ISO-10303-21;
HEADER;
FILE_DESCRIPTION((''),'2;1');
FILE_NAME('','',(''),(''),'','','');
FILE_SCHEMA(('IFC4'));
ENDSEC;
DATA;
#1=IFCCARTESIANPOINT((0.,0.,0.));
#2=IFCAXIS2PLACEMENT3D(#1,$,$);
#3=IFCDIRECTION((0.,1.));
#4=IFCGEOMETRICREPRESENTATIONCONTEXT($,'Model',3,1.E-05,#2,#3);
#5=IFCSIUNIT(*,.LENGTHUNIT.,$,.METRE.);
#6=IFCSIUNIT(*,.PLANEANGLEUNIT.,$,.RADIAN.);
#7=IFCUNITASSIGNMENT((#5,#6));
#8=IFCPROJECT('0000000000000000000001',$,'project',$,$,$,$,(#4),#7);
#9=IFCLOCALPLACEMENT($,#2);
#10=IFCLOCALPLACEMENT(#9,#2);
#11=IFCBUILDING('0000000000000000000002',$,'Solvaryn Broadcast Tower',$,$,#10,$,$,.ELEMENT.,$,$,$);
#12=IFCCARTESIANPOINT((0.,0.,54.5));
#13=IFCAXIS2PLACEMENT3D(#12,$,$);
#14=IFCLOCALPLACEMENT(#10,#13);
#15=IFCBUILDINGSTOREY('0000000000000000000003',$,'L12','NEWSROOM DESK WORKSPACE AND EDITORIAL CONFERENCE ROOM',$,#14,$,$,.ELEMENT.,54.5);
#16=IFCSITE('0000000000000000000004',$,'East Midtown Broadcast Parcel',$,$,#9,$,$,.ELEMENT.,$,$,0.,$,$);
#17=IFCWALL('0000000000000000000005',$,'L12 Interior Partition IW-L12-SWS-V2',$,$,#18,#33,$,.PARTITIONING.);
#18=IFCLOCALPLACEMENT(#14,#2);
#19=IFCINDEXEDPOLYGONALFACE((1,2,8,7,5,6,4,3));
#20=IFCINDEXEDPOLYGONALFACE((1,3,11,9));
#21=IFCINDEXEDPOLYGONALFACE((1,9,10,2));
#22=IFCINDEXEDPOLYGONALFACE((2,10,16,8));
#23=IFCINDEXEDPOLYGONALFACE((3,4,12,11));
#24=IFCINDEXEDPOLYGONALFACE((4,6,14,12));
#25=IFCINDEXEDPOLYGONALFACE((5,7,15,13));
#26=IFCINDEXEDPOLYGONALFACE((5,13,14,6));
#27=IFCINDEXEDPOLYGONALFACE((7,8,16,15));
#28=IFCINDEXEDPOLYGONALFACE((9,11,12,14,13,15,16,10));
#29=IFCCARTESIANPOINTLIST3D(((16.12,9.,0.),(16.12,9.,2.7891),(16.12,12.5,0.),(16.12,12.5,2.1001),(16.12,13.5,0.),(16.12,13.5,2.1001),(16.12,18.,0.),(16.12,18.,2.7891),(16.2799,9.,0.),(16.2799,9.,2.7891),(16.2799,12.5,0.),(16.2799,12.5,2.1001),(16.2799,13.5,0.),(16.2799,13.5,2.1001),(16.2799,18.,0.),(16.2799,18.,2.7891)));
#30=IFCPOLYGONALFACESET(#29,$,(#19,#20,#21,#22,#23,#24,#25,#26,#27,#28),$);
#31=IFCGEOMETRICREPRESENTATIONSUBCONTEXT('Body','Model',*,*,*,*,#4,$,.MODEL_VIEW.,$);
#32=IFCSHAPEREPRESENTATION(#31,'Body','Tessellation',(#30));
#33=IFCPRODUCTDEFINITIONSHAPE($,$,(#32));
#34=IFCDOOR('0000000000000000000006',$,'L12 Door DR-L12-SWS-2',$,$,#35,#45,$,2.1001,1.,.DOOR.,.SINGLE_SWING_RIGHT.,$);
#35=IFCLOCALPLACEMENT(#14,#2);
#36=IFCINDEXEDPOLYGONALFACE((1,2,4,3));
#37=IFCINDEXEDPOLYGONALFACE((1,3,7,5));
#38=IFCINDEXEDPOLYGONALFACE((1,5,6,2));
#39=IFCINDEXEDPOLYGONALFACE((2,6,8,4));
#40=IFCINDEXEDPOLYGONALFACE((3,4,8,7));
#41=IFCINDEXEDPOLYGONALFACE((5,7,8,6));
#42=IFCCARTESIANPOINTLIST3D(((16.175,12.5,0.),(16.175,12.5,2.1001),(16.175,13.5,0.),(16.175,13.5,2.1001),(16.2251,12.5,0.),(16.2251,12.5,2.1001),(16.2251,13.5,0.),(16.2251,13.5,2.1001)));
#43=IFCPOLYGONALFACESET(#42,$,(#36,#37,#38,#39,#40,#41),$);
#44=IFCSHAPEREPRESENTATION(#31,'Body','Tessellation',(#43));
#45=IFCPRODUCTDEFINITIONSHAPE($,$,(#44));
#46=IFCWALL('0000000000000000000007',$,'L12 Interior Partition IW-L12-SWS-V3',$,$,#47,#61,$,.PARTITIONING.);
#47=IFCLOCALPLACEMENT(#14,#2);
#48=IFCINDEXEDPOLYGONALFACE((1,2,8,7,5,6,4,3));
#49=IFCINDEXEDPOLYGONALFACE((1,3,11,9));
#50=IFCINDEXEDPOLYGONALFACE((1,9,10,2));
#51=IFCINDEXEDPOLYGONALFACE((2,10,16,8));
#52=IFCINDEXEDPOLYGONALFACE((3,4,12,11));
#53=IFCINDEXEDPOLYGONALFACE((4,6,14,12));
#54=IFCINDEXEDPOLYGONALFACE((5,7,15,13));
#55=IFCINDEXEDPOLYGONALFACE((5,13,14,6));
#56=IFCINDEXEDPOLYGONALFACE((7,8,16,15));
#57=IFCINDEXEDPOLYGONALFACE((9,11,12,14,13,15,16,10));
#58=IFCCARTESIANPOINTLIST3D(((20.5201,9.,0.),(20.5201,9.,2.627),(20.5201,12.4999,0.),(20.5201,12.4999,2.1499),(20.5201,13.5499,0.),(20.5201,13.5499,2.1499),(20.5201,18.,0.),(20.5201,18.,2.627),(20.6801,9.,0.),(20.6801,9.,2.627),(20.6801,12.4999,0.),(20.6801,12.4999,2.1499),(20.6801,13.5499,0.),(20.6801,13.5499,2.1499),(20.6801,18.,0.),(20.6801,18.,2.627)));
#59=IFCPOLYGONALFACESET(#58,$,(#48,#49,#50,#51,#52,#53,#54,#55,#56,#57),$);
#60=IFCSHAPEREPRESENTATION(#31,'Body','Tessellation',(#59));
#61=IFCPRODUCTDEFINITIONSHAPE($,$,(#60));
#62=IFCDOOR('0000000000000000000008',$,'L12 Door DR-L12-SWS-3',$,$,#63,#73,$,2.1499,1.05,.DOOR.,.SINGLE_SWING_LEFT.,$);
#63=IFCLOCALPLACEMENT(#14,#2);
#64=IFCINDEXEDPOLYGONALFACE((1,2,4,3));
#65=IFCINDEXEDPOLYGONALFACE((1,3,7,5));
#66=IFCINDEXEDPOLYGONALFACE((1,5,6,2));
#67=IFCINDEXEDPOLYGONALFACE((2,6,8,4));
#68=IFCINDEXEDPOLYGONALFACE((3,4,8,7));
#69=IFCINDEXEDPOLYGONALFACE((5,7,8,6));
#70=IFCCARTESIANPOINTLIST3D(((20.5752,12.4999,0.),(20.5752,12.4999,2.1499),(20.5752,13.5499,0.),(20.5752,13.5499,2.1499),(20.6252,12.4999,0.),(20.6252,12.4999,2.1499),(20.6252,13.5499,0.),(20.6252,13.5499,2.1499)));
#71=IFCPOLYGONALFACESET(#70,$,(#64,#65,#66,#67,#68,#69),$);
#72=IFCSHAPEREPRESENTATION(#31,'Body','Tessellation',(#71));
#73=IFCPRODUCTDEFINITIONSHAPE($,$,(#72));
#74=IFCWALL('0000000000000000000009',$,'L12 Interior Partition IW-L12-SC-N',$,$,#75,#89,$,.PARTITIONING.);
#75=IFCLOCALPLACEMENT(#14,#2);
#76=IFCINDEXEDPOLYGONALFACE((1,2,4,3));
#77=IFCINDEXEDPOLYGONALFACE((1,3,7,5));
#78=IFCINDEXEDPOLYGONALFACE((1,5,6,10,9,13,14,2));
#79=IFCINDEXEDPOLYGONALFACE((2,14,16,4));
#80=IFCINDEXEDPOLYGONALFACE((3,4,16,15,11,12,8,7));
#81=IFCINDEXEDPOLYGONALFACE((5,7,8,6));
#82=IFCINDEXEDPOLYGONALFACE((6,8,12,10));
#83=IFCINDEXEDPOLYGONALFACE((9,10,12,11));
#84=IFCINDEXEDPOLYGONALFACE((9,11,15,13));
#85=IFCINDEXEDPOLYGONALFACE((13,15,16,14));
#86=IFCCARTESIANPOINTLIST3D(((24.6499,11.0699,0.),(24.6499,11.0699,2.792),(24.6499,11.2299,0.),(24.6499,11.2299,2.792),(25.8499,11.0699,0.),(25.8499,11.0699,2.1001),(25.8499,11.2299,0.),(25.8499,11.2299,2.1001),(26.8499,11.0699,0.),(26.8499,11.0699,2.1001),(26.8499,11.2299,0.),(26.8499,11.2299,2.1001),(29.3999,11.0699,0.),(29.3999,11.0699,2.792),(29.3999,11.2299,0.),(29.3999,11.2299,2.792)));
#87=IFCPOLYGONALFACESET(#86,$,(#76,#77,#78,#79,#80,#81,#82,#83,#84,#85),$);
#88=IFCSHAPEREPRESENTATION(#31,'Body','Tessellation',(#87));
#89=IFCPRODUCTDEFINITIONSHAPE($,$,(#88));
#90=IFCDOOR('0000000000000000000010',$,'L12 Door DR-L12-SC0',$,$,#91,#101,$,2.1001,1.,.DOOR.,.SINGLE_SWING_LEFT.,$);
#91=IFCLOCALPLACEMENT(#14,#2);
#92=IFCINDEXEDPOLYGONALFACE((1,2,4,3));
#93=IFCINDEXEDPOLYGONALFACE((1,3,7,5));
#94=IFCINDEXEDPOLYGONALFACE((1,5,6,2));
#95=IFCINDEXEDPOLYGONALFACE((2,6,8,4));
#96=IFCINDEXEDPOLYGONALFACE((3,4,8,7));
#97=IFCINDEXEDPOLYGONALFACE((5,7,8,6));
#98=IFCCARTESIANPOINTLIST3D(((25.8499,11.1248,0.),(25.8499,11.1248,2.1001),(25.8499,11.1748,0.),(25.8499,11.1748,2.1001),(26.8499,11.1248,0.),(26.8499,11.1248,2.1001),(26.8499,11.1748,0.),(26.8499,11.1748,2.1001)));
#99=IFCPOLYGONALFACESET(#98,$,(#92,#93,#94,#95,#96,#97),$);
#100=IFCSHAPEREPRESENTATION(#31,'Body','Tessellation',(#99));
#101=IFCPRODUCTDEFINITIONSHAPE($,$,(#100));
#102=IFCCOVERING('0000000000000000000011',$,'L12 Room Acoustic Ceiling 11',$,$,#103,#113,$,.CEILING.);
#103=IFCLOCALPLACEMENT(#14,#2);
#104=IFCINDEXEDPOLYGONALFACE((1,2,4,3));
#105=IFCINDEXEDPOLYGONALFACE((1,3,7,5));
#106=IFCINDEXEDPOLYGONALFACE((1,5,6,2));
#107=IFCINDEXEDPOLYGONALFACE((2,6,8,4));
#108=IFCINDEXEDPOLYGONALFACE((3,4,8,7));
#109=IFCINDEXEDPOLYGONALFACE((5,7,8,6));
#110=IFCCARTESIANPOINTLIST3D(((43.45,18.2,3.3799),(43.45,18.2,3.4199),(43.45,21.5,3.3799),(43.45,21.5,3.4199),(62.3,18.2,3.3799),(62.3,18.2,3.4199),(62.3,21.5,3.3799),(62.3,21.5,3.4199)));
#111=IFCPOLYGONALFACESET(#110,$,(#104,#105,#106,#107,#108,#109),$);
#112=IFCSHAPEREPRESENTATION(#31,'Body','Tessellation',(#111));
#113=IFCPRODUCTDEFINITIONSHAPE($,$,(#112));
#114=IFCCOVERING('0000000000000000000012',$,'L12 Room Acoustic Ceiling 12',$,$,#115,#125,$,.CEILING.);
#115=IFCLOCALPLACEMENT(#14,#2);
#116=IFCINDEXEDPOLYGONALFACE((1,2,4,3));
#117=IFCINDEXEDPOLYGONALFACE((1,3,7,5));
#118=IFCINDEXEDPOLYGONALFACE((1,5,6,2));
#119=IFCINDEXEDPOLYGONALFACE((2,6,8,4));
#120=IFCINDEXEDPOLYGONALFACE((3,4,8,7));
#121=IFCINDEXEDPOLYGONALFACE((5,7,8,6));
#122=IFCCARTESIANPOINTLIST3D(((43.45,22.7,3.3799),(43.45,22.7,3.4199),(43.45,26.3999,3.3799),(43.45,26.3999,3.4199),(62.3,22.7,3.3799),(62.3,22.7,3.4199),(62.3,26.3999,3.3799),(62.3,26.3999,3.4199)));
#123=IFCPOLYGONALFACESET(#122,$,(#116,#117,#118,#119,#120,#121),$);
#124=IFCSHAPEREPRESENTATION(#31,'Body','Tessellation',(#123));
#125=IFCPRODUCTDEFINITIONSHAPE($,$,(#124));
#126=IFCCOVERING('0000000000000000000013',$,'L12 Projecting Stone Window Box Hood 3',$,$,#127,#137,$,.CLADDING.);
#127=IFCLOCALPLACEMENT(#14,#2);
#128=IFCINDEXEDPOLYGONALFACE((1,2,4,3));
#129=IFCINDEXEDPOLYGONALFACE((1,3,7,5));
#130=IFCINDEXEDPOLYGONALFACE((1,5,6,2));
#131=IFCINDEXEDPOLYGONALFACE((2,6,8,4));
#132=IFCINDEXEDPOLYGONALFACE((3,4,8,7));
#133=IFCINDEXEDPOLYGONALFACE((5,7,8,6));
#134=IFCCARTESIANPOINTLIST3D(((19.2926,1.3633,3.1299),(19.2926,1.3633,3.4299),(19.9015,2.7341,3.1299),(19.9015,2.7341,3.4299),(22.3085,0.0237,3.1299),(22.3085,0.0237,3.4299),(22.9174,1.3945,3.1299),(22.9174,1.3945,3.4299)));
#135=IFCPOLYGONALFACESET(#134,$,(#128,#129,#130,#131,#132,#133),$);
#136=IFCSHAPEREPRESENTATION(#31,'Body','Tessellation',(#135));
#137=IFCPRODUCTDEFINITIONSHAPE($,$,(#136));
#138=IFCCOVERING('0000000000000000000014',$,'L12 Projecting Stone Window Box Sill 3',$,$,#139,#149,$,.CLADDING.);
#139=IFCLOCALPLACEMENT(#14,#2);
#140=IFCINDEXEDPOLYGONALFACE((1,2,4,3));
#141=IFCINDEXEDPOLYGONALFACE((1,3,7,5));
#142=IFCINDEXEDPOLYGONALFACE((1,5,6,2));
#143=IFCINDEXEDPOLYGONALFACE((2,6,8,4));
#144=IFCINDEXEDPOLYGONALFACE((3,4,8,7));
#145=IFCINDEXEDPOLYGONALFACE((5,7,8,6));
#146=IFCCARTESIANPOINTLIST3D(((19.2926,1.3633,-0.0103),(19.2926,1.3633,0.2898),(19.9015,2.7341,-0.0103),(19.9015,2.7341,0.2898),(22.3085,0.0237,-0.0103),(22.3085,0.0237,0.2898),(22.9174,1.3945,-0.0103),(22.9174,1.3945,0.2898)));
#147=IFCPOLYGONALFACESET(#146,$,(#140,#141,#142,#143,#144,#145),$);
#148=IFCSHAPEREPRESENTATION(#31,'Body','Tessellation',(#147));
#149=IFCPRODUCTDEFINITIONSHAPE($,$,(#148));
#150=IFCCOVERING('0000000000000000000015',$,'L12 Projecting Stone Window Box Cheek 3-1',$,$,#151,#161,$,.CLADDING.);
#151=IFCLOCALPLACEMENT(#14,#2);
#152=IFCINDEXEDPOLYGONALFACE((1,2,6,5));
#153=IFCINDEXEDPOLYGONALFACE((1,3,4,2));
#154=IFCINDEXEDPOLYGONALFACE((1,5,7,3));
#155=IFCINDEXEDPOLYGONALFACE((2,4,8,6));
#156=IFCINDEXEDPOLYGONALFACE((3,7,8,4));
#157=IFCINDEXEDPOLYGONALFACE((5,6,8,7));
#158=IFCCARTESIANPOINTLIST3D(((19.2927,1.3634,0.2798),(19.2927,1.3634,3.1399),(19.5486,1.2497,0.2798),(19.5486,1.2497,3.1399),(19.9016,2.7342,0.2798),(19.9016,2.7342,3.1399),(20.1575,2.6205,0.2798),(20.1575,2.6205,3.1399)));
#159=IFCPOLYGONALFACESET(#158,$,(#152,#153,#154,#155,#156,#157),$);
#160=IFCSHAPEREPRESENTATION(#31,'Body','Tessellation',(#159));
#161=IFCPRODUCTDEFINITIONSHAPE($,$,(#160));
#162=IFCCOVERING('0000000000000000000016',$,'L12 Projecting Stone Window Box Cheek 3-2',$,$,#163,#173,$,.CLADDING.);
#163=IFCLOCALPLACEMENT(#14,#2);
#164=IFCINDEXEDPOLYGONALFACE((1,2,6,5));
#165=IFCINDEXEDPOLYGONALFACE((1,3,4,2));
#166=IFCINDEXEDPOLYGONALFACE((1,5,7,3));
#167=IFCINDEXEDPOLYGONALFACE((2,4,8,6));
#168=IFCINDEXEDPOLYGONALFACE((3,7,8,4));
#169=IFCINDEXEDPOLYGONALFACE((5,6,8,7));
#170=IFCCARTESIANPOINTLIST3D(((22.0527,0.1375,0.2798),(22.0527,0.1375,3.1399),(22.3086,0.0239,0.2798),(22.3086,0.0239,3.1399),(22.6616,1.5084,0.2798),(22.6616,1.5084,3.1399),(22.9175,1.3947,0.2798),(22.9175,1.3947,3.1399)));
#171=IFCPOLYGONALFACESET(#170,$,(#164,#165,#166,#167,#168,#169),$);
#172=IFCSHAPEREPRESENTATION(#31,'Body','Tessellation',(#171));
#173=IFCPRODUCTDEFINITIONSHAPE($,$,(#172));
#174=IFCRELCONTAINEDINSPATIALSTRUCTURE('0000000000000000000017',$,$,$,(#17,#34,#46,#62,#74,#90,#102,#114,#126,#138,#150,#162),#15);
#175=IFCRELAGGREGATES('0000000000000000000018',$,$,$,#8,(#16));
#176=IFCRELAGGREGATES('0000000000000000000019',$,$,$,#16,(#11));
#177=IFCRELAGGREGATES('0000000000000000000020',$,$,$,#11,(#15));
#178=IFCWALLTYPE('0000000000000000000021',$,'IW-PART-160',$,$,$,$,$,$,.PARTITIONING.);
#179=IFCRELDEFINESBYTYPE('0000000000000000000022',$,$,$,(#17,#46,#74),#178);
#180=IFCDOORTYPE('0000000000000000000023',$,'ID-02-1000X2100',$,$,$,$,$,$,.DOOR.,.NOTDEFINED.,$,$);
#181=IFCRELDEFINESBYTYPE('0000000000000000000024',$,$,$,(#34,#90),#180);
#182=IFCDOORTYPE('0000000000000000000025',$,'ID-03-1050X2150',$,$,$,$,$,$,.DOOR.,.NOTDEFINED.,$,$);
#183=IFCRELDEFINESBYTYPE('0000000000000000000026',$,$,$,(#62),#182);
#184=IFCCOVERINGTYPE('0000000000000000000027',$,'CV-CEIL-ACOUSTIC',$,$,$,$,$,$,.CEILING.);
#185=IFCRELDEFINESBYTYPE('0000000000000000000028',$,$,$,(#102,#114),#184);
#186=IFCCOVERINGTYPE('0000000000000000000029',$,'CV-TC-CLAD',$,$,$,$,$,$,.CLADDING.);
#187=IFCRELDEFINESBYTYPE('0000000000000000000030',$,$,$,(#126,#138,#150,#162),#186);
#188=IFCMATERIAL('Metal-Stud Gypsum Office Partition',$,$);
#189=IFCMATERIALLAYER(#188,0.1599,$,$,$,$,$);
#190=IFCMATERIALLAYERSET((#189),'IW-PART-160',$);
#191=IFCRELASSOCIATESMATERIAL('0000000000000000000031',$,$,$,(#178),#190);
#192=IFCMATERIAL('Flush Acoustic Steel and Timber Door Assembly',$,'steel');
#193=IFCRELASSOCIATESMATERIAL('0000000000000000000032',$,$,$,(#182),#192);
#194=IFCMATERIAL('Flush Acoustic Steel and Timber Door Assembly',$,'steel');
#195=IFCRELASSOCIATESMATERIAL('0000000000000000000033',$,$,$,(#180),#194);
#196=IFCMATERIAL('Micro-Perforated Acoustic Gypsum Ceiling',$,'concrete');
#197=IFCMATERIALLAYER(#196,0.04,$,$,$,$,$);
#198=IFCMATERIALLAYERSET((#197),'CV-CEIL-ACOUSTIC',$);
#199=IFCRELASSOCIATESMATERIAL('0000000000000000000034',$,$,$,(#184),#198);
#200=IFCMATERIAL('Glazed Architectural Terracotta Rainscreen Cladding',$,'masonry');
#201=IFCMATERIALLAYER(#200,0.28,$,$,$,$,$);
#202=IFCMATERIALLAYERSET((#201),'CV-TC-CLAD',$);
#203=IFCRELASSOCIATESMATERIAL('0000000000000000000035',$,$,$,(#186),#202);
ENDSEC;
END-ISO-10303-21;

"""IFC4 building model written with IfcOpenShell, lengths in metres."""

from ifc_helpers import new_model, si_unit, direction, frame, frame_2d, origin, origin_2d, place, context, subcontext, project, spatial, polyline, rectangle, outline, extrude, material, layer, layer_set, type_object, element, fill, save


model = new_model("IFC4")

# Units and contexts
model_context = context("Model", 3, precision=1e-05, world=origin(), true_north=direction((0.0, 1.0)))
body_context = subcontext(model_context, "Body", "Model", "MODEL_VIEW")
ifc_project = project(units=[si_unit("LENGTHUNIT", "METRE"), si_unit("PLANEANGLEUNIT", "RADIAN")], contexts=[model_context])

# Site, building, storey
site_placement = place(None, origin())
site = spatial("IfcSite", under=ifc_project, at=site_placement, Name="East Midtown Broadcast Parcel", CompositionType="ELEMENT", RefElevation=0.0)
building_placement = place(site_placement, origin())
building = spatial("IfcBuilding", under=site, at=building_placement, Name="Solvaryn Broadcast Tower", CompositionType="ELEMENT")
storey_placement = place(building_placement, frame((0.0, 0.0, 54.5)))
storey = spatial("IfcBuildingStorey", under=building, at=storey_placement, Name="L12", Description="NEWSROOM DESK WORKSPACE AND EDITORIAL CONFERENCE ROOM", CompositionType="ELEMENT", Elevation=54.5)

# Shared definitions
ifc_material_1 = material(Name="Metal-Stud Gypsum Office Partition")
ifc_layer_1 = layer(ifc_material_1, 0.1599)
ifc_layer_set_1 = layer_set([ifc_layer_1], Name="IW-PART-160")
wall_type = type_object("IfcWallType", Name="IW-PART-160", PredefinedType="PARTITIONING", material=ifc_layer_set_1)
ifc_material_2 = material(Name="Flush Acoustic Steel and Timber Door Assembly", Category="steel")
door_type_1 = type_object("IfcDoorType", Name="ID-03-1050X2150", OperationType="NOTDEFINED", PredefinedType="DOOR", material=ifc_material_2)

# Walls, openings, doors
wall_1_placement = place(storey_placement, frame((16.2, 9.0, 0.0), z_axis=(0.0, 0.0, 1.0), x_axis=(0.0, 1.0, 0.0)))
wall_1 = element("IfcWall", 1, at=wall_1_placement, inside=storey, type_object=wall_type, Name="L12 Interior Partition IW-L12-SWS-V2", PredefinedType="PARTITIONING", context=body_context, shape_type="SweptSolid", body=[
    extrude(rectangle(XDim=9.0, YDim=0.1599, at=frame_2d((4.5, 0.0))), origin(), (0.0, 0.0, 1.0), 2.7891),
])
opening_1_placement = place(wall_1_placement, frame((3.5, 0.0, 0.0)))
opening_1 = element("IfcOpeningElement", 2, at=opening_1_placement, cuts=wall_1, PredefinedType="OPENING", context=body_context, shape_type="SweptSolid", body=[
    extrude(rectangle(XDim=1.0, YDim=2.1001, at=frame_2d((0.5, 1.05))), frame((0.0, 0.0901, 0.0), z_axis=(0.0, -1.0, 0.0), x_axis=(1.0, 0.0, 0.0)), (0.0, 0.0, 1.0), 0.1799),
])
ifc_material_3 = material(Name="Flush Acoustic Steel and Timber Door Assembly", Category="steel")
door_type_2 = type_object("IfcDoorType", Name="ID-02-1000X2100", OperationType="NOTDEFINED", PredefinedType="DOOR", material=ifc_material_3)
door_1_placement = place(opening_1_placement, origin())
door_1 = element("IfcDoor", 3, at=door_1_placement, inside=storey, type_object=door_type_2, Name="L12 Door DR-L12-SWS-2", OperationType="SINGLE_SWING_RIGHT", OverallHeight=2.1001, OverallWidth=1.0, PredefinedType="DOOR", context=body_context, shape_type="SweptSolid", body=[
    extrude(rectangle(XDim=1.0, YDim=2.1001, at=frame_2d((0.5, 1.05))), frame((0.0, 0.0249, 0.0), z_axis=(0.0, -1.0, 0.0), x_axis=(1.0, 0.0, 0.0)), (0.0, 0.0, 1.0), 0.05),
])
fill(opening_1, door_1)
wall_2_placement = place(storey_placement, frame((20.6001, 9.0, 0.0), z_axis=(0.0, 0.0, 1.0), x_axis=(0.0, 1.0, 0.0)))
wall_2 = element("IfcWall", 4, at=wall_2_placement, inside=storey, type_object=wall_type, Name="L12 Interior Partition IW-L12-SWS-V3", PredefinedType="PARTITIONING", context=body_context, shape_type="SweptSolid", body=[
    extrude(rectangle(XDim=9.0, YDim=0.1599, at=frame_2d((4.5, 0.0))), origin(), (0.0, 0.0, 1.0), 2.627),
])
opening_2_placement = place(wall_2_placement, frame((3.5, 0.0, 0.0)))
opening_2 = element("IfcOpeningElement", 5, at=opening_2_placement, cuts=wall_2, PredefinedType="OPENING", context=body_context, shape_type="SweptSolid", body=[
    extrude(rectangle(XDim=1.05, YDim=2.1499, at=frame_2d((0.5249, 1.075))), frame((0.0, 0.0901, 0.0), z_axis=(0.0, -1.0, 0.0), x_axis=(1.0, 0.0, 0.0)), (0.0, 0.0, 1.0), 0.1799),
])
door_2_placement = place(opening_2_placement, origin())
door_2 = element("IfcDoor", 6, at=door_2_placement, inside=storey, type_object=door_type_1, Name="L12 Door DR-L12-SWS-3", OperationType="SINGLE_SWING_LEFT", OverallHeight=2.1499, OverallWidth=1.05, PredefinedType="DOOR", context=body_context, shape_type="SweptSolid", body=[
    extrude(rectangle(XDim=1.05, YDim=2.1499, at=frame_2d((0.5249, 1.075))), frame((0.0, 0.0249, 0.0), z_axis=(0.0, -1.0, 0.0), x_axis=(1.0, 0.0, 0.0)), (0.0, 0.0, 1.0), 0.05),
])
fill(opening_2, door_2)
wall_3_placement = place(storey_placement, frame((24.6499, 11.1499, 0.0), z_axis=(0.0, 0.0, 1.0), x_axis=(1.0, 0.0, 0.0)))
wall_3 = element("IfcWall", 7, at=wall_3_placement, inside=storey, type_object=wall_type, Name="L12 Interior Partition IW-L12-SC-N", PredefinedType="PARTITIONING", context=body_context, shape_type="SweptSolid", body=[
    extrude(rectangle(XDim=4.75, YDim=0.1599, at=frame_2d((2.375, 0.0))), origin(), (0.0, 0.0, 1.0), 2.792),
])
opening_3_placement = place(wall_3_placement, frame((1.2, 0.0, 0.0)))
opening_3 = element("IfcOpeningElement", 8, at=opening_3_placement, cuts=wall_3, PredefinedType="OPENING", context=body_context, shape_type="SweptSolid", body=[
    extrude(rectangle(XDim=1.0, YDim=2.1001, at=frame_2d((0.5, 1.05))), frame((0.0, 0.0901, 0.0), z_axis=(0.0, -1.0, 0.0), x_axis=(1.0, 0.0, 0.0)), (0.0, 0.0, 1.0), 0.1799),
])
door_3_placement = place(opening_3_placement, origin())
door_3 = element("IfcDoor", 9, at=door_3_placement, inside=storey, type_object=door_type_2, Name="L12 Door DR-L12-SC0", OperationType="SINGLE_SWING_LEFT", OverallHeight=2.1001, OverallWidth=1.0, PredefinedType="DOOR", context=body_context, shape_type="SweptSolid", body=[
    extrude(rectangle(XDim=1.0, YDim=2.1001, at=frame_2d((0.5, 1.05))), frame((0.0, 0.0249, 0.0), z_axis=(0.0, -1.0, 0.0), x_axis=(1.0, 0.0, 0.0)), (0.0, 0.0, 1.0), 0.05),
])
fill(opening_3, door_3)

# Coverings
ifc_material_4 = material(Name="Micro-Perforated Acoustic Gypsum Ceiling", Category="concrete")
ifc_layer_2 = layer(ifc_material_4, 0.04)
ifc_layer_set_2 = layer_set([ifc_layer_2], Name="CV-CEIL-ACOUSTIC")
covering_type_1 = type_object("IfcCoveringType", Name="CV-CEIL-ACOUSTIC", PredefinedType="CEILING", material=ifc_layer_set_2)
covering_1_placement = place(storey_placement, frame((0.0, 0.0, 3.3799)))
element("IfcCovering", 10, at=covering_1_placement, inside=storey, type_object=covering_type_1, Name="L12 Room Acoustic Ceiling 11", PredefinedType="CEILING", context=body_context, shape_type="SweptSolid", body=[
    extrude(outline(polyline([(43.45, 18.2), (62.3, 18.2), (62.3, 21.5), (43.45, 21.5), (43.45, 18.2)])), origin(), (0.0, 0.0, 1.0), 0.04),
])
covering_2_placement = place(storey_placement, frame((0.0, 0.0, 3.3799)))
element("IfcCovering", 11, at=covering_2_placement, inside=storey, type_object=covering_type_1, Name="L12 Room Acoustic Ceiling 12", PredefinedType="CEILING", context=body_context, shape_type="SweptSolid", body=[
    extrude(outline(polyline([(43.45, 22.7), (62.3, 22.7), (62.3, 26.3999), (43.45, 26.3999), (43.45, 22.7)])), origin(), (0.0, 0.0, 1.0), 0.04),
])
ifc_material_5 = material(Name="Glazed Architectural Terracotta Rainscreen Cladding", Category="masonry")
ifc_layer_3 = layer(ifc_material_5, 0.28)
ifc_layer_set_3 = layer_set([ifc_layer_3], Name="CV-TC-CLAD")
covering_type_2 = type_object("IfcCoveringType", Name="CV-TC-CLAD", PredefinedType="CLADDING", material=ifc_layer_set_3)
for number, where, z_axis, x_axis, name in (
    (12, (21.105, 1.3789, 3.1299), (0.0, 0.0, 1.0), (0.9139, -0.405939, 0.0), "L12 Projecting Stone Window Box Hood 3"),
    (13, (21.105, 1.3789, -0.0103), (0.0, 0.0, 1.0), (0.9139, -0.405939, 0.0), "L12 Projecting Stone Window Box Sill 3"),
):
    element("IfcCovering", number, at=place(storey_placement, frame(where, z_axis=z_axis, x_axis=x_axis)), inside=storey, type_object=covering_type_2, Name=name, PredefinedType="CLADDING", context=body_context, shape_type="SweptSolid", body=[
        extrude(rectangle(XDim=3.3, YDim=1.5, at=origin_2d()), origin(), (0.0, 0.0, 1.0), 0.3),
    ])
for number, where, z_axis, x_axis, name in (
    (14, (19.7251, 1.9919, 0.2798), (0.0, 0.0, 1.0), (0.9139, -0.405939, 0.0), "L12 Projecting Stone Window Box Cheek 3-1"),
    (15, (22.4851, 0.7661, 0.2798), (0.0, 0.0, 1.0), (0.9139, -0.405939, 0.0), "L12 Projecting Stone Window Box Cheek 3-2"),
):
    element("IfcCovering", number, at=place(storey_placement, frame(where, z_axis=z_axis, x_axis=x_axis)), inside=storey, type_object=covering_type_2, Name=name, PredefinedType="CLADDING", context=body_context, shape_type="SweptSolid", body=[
        extrude(rectangle(XDim=0.28, YDim=1.5, at=origin_2d()), origin(), (0.0, 0.0, 1.0), 2.8601),
    ])

save(model, "model.ifc")
